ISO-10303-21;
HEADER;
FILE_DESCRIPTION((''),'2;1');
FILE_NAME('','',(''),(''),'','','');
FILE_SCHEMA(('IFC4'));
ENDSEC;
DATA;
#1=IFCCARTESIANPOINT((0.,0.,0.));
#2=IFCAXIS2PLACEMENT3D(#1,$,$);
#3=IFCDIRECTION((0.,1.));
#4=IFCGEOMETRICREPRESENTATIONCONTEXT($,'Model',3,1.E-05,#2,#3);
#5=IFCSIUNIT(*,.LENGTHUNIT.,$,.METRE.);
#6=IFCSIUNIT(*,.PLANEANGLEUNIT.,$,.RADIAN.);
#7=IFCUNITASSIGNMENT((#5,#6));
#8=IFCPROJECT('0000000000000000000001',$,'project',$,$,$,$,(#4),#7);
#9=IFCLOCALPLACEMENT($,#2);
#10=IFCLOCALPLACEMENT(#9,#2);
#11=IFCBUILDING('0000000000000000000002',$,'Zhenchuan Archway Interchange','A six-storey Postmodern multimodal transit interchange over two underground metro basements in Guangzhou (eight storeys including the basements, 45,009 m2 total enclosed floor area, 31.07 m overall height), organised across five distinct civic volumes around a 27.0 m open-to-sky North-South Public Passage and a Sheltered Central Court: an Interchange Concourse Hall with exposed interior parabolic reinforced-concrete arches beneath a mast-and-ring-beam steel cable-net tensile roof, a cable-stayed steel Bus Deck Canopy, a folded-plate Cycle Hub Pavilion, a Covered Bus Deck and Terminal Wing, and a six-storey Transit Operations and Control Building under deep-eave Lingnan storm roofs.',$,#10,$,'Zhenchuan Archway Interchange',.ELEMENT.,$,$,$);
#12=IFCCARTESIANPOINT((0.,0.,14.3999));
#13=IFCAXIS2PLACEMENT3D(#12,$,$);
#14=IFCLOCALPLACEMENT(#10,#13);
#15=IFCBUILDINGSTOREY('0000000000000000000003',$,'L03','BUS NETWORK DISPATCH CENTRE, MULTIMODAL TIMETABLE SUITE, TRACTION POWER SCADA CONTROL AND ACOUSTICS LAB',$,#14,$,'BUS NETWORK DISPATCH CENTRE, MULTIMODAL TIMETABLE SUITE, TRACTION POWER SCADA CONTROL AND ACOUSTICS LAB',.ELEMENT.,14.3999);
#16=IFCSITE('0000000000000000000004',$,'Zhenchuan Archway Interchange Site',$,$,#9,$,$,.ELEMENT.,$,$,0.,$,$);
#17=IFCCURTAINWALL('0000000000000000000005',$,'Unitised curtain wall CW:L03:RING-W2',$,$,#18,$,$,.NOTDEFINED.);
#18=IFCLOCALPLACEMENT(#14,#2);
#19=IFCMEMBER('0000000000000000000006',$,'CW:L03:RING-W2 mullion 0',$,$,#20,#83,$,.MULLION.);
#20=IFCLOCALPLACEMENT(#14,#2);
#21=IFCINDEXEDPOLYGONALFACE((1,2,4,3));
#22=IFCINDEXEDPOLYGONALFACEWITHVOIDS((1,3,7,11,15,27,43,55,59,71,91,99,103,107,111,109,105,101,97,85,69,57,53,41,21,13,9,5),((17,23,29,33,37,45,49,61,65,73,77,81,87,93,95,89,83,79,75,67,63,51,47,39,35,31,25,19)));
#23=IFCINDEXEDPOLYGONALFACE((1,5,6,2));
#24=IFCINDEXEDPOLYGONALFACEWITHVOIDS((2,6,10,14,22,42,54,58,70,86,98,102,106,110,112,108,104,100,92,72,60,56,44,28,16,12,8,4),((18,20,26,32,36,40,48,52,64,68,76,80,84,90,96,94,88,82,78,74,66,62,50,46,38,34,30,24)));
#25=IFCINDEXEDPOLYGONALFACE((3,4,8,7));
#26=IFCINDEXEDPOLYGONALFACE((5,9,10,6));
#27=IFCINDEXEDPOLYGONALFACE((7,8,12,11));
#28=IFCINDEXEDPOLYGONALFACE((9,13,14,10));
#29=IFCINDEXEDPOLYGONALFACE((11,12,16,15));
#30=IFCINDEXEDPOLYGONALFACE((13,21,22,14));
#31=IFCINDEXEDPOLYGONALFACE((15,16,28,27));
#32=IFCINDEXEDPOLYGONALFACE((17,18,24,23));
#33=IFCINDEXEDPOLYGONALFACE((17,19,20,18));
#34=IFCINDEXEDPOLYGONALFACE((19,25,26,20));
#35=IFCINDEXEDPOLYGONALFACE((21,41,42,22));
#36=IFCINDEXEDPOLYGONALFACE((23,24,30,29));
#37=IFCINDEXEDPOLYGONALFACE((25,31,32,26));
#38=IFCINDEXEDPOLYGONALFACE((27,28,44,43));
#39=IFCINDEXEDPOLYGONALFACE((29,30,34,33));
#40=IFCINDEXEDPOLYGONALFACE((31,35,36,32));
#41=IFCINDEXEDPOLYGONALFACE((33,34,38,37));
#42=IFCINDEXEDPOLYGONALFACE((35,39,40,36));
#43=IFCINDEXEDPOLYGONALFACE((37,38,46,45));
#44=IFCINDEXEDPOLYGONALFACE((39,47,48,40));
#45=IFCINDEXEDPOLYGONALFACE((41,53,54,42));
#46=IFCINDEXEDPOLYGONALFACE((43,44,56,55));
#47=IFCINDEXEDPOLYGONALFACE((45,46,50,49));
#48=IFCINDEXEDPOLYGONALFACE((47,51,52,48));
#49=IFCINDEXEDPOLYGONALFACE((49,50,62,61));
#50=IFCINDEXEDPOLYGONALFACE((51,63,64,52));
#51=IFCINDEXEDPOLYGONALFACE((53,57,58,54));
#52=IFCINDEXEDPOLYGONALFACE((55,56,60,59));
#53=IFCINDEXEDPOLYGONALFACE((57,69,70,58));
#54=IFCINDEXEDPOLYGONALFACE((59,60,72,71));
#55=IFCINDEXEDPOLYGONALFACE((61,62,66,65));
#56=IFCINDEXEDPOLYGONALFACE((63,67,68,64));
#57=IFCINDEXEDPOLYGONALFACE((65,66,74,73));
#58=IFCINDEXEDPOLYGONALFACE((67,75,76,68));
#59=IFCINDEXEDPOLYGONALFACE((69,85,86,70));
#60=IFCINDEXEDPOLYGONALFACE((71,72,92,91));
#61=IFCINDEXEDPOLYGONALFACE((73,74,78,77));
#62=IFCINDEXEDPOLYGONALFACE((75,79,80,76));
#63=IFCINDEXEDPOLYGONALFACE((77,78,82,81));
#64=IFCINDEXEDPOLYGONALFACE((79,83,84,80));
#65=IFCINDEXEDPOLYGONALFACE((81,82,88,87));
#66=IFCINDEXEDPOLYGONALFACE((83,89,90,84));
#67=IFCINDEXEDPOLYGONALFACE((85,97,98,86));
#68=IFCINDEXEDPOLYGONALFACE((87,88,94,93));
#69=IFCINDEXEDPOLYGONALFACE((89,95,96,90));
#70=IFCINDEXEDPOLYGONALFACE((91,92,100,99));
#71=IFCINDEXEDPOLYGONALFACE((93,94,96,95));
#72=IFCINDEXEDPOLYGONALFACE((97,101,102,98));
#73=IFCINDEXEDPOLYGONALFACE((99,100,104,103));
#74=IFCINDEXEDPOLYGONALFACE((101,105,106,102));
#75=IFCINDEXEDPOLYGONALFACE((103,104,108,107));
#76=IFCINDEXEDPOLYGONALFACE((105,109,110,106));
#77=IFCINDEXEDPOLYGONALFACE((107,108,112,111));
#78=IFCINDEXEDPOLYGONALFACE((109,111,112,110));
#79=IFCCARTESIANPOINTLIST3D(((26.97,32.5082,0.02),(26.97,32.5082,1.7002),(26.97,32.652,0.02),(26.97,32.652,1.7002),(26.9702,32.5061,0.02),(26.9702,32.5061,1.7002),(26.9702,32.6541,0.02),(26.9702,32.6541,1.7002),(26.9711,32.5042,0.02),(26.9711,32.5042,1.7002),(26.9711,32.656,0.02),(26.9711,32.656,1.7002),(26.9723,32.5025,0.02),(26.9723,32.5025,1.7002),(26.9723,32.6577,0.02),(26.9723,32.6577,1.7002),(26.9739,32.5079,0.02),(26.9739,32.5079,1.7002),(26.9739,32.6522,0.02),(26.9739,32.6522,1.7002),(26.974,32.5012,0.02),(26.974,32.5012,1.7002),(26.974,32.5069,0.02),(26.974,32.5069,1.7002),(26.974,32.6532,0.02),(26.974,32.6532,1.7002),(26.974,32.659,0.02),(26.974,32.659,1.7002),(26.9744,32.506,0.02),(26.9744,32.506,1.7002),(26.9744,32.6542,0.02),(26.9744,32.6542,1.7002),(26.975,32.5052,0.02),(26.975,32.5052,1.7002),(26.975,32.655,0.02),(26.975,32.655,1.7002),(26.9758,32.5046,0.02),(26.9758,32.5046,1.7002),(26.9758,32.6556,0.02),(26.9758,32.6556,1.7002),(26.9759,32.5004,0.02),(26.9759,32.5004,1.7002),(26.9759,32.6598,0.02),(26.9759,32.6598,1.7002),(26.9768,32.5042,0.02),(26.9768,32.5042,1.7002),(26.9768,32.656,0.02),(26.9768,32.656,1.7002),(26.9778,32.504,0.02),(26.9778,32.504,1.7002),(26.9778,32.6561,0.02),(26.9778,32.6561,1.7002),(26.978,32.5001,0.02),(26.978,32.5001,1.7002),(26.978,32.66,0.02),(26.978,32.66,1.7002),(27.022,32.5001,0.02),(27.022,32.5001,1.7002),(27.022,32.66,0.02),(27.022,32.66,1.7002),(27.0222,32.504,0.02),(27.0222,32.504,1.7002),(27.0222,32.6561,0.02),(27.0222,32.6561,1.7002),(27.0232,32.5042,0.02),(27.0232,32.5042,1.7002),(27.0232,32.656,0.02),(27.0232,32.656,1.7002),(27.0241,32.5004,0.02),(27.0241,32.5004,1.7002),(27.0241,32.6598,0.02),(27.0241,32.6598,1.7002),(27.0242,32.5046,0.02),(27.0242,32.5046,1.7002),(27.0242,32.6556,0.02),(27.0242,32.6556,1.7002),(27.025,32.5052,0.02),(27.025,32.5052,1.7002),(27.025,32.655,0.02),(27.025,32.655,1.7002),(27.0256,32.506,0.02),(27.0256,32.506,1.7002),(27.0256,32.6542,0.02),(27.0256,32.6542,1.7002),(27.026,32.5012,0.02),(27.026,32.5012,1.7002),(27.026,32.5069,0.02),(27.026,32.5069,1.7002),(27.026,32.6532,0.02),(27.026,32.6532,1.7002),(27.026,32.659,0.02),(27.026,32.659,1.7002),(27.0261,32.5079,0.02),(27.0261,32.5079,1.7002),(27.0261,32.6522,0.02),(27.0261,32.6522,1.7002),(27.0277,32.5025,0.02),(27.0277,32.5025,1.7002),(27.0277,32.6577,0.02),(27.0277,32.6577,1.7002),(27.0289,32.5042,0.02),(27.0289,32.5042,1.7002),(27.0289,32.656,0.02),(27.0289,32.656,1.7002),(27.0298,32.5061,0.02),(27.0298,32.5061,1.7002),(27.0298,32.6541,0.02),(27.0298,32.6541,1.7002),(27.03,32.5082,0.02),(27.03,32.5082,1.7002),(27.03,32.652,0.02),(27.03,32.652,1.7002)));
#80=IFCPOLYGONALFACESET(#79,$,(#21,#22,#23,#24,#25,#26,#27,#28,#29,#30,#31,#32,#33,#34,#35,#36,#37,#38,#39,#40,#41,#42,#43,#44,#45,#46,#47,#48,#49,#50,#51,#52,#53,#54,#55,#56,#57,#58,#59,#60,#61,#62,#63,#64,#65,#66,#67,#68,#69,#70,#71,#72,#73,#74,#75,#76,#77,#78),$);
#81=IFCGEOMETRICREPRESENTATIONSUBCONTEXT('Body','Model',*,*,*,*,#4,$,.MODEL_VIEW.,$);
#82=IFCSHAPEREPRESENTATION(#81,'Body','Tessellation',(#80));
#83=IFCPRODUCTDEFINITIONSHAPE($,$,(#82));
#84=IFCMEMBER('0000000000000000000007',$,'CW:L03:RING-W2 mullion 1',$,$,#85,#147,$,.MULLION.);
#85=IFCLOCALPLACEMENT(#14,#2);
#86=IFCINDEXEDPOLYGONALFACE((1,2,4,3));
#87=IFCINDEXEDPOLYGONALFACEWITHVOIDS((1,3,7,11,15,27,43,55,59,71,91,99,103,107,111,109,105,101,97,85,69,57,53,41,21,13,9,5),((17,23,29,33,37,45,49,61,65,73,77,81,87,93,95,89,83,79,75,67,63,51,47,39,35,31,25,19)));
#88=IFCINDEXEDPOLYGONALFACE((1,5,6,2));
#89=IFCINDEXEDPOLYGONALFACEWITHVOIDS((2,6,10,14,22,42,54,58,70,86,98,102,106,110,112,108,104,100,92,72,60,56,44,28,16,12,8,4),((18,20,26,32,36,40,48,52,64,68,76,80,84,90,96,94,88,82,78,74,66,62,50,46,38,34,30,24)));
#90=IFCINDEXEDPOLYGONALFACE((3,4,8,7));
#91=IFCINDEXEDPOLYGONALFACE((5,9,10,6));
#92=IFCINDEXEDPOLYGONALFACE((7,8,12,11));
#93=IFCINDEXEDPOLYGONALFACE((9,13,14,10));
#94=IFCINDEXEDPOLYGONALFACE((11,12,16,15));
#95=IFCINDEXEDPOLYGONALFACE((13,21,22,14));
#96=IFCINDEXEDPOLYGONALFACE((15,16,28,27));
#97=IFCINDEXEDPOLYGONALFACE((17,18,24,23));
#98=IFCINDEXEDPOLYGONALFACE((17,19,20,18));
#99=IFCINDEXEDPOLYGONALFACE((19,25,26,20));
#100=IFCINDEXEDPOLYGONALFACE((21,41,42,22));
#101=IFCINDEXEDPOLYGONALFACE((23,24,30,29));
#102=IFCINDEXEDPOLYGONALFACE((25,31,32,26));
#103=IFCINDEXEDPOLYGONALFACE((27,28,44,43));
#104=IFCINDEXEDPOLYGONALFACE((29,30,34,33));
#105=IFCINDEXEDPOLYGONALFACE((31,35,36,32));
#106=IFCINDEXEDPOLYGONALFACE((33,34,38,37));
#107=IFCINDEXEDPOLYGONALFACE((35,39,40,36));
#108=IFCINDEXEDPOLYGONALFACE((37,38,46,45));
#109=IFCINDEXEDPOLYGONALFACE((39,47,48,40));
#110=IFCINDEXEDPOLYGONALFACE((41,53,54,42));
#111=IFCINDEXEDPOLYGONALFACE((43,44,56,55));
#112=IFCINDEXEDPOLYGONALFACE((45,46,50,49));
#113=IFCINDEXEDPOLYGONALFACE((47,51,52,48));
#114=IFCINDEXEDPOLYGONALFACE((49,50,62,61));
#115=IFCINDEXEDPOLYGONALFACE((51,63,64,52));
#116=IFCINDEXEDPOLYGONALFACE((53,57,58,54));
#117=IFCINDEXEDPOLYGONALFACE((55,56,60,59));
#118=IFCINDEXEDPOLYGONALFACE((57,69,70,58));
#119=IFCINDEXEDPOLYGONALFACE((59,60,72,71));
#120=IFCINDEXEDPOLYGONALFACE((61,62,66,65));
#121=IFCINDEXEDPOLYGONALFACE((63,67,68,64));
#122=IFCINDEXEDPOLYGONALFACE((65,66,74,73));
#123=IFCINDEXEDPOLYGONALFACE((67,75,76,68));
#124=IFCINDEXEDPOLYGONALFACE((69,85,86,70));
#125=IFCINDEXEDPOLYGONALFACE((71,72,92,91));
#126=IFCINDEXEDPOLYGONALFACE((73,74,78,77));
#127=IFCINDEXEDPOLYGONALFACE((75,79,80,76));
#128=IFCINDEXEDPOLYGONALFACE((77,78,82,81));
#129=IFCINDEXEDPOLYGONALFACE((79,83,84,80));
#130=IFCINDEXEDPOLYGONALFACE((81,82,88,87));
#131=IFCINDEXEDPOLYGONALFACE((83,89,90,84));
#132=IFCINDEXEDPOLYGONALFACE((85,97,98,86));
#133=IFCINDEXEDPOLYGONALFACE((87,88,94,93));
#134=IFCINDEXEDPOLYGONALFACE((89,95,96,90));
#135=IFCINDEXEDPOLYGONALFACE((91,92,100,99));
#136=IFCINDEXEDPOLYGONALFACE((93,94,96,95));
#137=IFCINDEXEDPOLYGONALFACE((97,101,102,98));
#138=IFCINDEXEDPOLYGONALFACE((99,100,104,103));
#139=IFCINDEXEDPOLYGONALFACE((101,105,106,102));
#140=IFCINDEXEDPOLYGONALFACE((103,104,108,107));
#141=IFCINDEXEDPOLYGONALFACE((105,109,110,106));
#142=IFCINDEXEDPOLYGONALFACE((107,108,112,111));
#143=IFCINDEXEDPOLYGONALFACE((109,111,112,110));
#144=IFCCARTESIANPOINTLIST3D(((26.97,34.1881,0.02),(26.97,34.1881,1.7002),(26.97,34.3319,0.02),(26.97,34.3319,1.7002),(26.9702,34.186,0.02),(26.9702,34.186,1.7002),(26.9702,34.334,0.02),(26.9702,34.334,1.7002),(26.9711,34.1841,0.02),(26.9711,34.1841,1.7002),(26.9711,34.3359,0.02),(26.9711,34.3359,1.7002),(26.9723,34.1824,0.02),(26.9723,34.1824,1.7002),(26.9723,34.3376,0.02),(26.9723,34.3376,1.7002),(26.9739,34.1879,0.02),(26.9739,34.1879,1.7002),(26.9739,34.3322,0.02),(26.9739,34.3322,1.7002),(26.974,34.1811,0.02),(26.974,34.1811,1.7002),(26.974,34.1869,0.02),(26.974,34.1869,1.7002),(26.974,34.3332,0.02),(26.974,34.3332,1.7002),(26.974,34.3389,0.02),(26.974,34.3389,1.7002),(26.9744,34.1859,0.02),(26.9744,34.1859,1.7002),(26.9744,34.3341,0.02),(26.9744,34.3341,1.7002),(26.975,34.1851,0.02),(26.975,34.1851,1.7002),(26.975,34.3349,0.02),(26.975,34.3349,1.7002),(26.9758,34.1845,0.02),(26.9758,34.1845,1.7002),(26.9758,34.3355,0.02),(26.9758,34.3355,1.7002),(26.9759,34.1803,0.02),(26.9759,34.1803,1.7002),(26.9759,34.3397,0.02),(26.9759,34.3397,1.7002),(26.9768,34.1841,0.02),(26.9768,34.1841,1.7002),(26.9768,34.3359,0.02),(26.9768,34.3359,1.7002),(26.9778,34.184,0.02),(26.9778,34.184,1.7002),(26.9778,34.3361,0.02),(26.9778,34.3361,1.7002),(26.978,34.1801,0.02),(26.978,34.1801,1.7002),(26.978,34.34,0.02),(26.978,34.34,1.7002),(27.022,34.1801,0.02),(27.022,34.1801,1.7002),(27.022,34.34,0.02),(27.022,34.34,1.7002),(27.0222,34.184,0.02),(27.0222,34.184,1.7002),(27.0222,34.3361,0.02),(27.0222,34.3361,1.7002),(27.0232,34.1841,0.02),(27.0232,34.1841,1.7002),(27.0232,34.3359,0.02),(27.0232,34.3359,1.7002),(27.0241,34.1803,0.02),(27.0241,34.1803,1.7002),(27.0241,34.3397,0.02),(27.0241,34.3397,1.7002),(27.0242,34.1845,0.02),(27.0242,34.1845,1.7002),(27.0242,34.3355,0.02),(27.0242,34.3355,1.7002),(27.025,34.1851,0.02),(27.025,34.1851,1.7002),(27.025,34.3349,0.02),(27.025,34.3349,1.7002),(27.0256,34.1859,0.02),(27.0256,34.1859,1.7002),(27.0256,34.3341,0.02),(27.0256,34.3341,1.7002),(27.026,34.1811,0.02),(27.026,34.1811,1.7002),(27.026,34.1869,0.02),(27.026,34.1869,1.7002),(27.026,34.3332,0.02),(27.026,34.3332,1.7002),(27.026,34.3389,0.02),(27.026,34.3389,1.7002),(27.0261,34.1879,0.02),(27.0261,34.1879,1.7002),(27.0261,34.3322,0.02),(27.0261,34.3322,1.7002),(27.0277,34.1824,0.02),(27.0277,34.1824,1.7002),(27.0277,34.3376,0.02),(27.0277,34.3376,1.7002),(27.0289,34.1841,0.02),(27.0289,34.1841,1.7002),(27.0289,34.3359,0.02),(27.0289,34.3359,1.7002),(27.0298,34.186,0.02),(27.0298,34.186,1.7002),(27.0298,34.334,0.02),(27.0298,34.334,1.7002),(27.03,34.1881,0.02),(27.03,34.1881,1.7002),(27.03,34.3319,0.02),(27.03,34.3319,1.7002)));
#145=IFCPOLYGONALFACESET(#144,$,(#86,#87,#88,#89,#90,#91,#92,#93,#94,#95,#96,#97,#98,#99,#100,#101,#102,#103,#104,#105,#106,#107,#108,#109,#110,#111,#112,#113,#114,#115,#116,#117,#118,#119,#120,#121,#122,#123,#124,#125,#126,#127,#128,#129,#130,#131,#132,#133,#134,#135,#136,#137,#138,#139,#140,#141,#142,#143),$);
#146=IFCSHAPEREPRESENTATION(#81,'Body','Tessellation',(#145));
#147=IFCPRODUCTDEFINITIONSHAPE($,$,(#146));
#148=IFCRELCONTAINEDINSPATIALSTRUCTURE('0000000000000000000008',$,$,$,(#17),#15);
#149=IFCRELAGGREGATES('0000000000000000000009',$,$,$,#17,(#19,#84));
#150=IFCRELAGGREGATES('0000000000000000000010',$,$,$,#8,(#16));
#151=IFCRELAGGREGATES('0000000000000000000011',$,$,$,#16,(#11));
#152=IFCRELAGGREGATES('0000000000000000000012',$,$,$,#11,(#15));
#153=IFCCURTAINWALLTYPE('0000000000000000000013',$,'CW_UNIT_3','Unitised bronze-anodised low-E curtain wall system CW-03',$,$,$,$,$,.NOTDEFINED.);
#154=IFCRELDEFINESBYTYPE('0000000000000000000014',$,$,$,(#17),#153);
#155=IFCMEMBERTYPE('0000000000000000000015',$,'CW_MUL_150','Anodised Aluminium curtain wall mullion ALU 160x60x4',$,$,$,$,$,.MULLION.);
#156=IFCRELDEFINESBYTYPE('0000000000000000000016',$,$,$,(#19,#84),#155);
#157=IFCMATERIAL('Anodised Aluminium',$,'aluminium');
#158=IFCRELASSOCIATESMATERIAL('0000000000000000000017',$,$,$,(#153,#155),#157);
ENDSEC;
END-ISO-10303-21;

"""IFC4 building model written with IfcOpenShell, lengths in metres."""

from ifc_helpers import new_model, si_unit, direction, frame, origin, origin_2d, place, context, subcontext, project, spatial, hollow_rectangle, extrude, material, material_profile, profile_set, type_object, element, aggregate, save


model = new_model("IFC4")

# Units and contexts
model_context = context("Model", 3, precision=1e-05, world=origin(), true_north=direction((0.0, 1.0)))
body_context = subcontext(model_context, "Body", "Model", "MODEL_VIEW")
ifc_project = project(units=[si_unit("LENGTHUNIT", "METRE"), si_unit("PLANEANGLEUNIT", "RADIAN")], contexts=[model_context])

# Site, building, storey
site_placement = place(None, origin())
site = spatial("IfcSite", under=ifc_project, at=site_placement, Name="Zhenchuan Archway Interchange Site", CompositionType="ELEMENT", RefElevation=0.0)
building_placement = place(site_placement, origin())
building = spatial("IfcBuilding", under=site, at=building_placement, Name="Zhenchuan Archway Interchange", Description="A six-storey Postmodern multimodal transit interchange over two underground metro basements in Guangzhou (eight storeys including the basements, 45,009 m2 total enclosed floor area, 31.07 m overall height), organised across five distinct civic volumes around a 27.0 m open-to-sky North-South Public Passage and a Sheltered Central Court: an Interchange Concourse Hall with exposed interior parabolic reinforced-concrete arches beneath a mast-and-ring-beam steel cable-net tensile roof, a cable-stayed steel Bus Deck Canopy, a folded-plate Cycle Hub Pavilion, a Covered Bus Deck and Terminal Wing, and a six-storey Transit Operations and Control Building under deep-eave Lingnan storm roofs.", LongName="Zhenchuan Archway Interchange", CompositionType="ELEMENT")
storey_placement = place(building_placement, frame((0.0, 0.0, 14.3999)))
storey = spatial("IfcBuildingStorey", under=building, at=storey_placement, Name="L03", Description="BUS NETWORK DISPATCH CENTRE, MULTIMODAL TIMETABLE SUITE, TRACTION POWER SCADA CONTROL AND ACOUSTICS LAB", LongName="BUS NETWORK DISPATCH CENTRE, MULTIMODAL TIMETABLE SUITE, TRACTION POWER SCADA CONTROL AND ACOUSTICS LAB", CompositionType="ELEMENT", Elevation=14.3999)

# Curtain wall, members
ifc_material_1 = material(Name="Anodised Aluminium", Category="aluminium")
curtain_wall_type = type_object("IfcCurtainWallType", Name="CW_UNIT_3", Description="Unitised bronze-anodised low-E curtain wall system CW-03", PredefinedType="NOTDEFINED", material=ifc_material_1)
curtain_wall_1_placement = place(storey_placement, origin())
curtain_wall_1 = element("IfcCurtainWall", 1, at=curtain_wall_1_placement, inside=storey, type_object=curtain_wall_type, Name="Unitised curtain wall CW:L03:RING-W2", PredefinedType="NOTDEFINED")
ifc_material_profile_1 = material_profile(ifc_material_1, hollow_rectangle(XDim=0.0601, YDim=0.1599, WallThickness=0.0039, InnerFilletRadius=0.0039, OuterFilletRadius=0.0081, at=origin_2d()), Name="ALU 160x60x4")
ifc_profile_set_1 = profile_set([ifc_material_profile_1], Name="Anodised Aluminium")
member_type_1 = type_object("IfcMemberType", Name="CW_MUL_150", Description="Anodised Aluminium curtain wall mullion ALU 160x60x4", PredefinedType="MULLION", material=ifc_profile_set_1)
member_1_placement = place(storey_placement, frame((27.0, 32.5801, 0.02), z_axis=(0.0, 0.0, 1.0), x_axis=(1.0, 0.0, 0.0)))
member_1 = element("IfcMember", 2, at=member_1_placement, type_object=member_type_1, Name="CW:L03:RING-W2 mullion 0", PredefinedType="MULLION", context=body_context, shape_type="SweptSolid", body=[
    extrude(hollow_rectangle(XDim=0.0601, YDim=0.1599, WallThickness=0.0039, InnerFilletRadius=0.0039, OuterFilletRadius=0.0081, at=origin_2d()), origin(), (0.0, 0.0, 1.0), 1.6802),
])
member_2_placement = place(storey_placement, frame((27.0, 34.26, 0.02), z_axis=(0.0, 0.0, 1.0), x_axis=(1.0, 0.0, 0.0)))
member_2 = element("IfcMember", 3, at=member_2_placement, type_object=member_type_1, Name="CW:L03:RING-W2 mullion 1", PredefinedType="MULLION", context=body_context, shape_type="SweptSolid", body=[
    extrude(hollow_rectangle(XDim=0.0601, YDim=0.1599, WallThickness=0.0039, InnerFilletRadius=0.0039, OuterFilletRadius=0.0081, at=origin_2d()), origin(), (0.0, 0.0, 1.0), 1.6802),
])

aggregate(curtain_wall_1, [member_1, member_2])

save(model, "model.ifc")
